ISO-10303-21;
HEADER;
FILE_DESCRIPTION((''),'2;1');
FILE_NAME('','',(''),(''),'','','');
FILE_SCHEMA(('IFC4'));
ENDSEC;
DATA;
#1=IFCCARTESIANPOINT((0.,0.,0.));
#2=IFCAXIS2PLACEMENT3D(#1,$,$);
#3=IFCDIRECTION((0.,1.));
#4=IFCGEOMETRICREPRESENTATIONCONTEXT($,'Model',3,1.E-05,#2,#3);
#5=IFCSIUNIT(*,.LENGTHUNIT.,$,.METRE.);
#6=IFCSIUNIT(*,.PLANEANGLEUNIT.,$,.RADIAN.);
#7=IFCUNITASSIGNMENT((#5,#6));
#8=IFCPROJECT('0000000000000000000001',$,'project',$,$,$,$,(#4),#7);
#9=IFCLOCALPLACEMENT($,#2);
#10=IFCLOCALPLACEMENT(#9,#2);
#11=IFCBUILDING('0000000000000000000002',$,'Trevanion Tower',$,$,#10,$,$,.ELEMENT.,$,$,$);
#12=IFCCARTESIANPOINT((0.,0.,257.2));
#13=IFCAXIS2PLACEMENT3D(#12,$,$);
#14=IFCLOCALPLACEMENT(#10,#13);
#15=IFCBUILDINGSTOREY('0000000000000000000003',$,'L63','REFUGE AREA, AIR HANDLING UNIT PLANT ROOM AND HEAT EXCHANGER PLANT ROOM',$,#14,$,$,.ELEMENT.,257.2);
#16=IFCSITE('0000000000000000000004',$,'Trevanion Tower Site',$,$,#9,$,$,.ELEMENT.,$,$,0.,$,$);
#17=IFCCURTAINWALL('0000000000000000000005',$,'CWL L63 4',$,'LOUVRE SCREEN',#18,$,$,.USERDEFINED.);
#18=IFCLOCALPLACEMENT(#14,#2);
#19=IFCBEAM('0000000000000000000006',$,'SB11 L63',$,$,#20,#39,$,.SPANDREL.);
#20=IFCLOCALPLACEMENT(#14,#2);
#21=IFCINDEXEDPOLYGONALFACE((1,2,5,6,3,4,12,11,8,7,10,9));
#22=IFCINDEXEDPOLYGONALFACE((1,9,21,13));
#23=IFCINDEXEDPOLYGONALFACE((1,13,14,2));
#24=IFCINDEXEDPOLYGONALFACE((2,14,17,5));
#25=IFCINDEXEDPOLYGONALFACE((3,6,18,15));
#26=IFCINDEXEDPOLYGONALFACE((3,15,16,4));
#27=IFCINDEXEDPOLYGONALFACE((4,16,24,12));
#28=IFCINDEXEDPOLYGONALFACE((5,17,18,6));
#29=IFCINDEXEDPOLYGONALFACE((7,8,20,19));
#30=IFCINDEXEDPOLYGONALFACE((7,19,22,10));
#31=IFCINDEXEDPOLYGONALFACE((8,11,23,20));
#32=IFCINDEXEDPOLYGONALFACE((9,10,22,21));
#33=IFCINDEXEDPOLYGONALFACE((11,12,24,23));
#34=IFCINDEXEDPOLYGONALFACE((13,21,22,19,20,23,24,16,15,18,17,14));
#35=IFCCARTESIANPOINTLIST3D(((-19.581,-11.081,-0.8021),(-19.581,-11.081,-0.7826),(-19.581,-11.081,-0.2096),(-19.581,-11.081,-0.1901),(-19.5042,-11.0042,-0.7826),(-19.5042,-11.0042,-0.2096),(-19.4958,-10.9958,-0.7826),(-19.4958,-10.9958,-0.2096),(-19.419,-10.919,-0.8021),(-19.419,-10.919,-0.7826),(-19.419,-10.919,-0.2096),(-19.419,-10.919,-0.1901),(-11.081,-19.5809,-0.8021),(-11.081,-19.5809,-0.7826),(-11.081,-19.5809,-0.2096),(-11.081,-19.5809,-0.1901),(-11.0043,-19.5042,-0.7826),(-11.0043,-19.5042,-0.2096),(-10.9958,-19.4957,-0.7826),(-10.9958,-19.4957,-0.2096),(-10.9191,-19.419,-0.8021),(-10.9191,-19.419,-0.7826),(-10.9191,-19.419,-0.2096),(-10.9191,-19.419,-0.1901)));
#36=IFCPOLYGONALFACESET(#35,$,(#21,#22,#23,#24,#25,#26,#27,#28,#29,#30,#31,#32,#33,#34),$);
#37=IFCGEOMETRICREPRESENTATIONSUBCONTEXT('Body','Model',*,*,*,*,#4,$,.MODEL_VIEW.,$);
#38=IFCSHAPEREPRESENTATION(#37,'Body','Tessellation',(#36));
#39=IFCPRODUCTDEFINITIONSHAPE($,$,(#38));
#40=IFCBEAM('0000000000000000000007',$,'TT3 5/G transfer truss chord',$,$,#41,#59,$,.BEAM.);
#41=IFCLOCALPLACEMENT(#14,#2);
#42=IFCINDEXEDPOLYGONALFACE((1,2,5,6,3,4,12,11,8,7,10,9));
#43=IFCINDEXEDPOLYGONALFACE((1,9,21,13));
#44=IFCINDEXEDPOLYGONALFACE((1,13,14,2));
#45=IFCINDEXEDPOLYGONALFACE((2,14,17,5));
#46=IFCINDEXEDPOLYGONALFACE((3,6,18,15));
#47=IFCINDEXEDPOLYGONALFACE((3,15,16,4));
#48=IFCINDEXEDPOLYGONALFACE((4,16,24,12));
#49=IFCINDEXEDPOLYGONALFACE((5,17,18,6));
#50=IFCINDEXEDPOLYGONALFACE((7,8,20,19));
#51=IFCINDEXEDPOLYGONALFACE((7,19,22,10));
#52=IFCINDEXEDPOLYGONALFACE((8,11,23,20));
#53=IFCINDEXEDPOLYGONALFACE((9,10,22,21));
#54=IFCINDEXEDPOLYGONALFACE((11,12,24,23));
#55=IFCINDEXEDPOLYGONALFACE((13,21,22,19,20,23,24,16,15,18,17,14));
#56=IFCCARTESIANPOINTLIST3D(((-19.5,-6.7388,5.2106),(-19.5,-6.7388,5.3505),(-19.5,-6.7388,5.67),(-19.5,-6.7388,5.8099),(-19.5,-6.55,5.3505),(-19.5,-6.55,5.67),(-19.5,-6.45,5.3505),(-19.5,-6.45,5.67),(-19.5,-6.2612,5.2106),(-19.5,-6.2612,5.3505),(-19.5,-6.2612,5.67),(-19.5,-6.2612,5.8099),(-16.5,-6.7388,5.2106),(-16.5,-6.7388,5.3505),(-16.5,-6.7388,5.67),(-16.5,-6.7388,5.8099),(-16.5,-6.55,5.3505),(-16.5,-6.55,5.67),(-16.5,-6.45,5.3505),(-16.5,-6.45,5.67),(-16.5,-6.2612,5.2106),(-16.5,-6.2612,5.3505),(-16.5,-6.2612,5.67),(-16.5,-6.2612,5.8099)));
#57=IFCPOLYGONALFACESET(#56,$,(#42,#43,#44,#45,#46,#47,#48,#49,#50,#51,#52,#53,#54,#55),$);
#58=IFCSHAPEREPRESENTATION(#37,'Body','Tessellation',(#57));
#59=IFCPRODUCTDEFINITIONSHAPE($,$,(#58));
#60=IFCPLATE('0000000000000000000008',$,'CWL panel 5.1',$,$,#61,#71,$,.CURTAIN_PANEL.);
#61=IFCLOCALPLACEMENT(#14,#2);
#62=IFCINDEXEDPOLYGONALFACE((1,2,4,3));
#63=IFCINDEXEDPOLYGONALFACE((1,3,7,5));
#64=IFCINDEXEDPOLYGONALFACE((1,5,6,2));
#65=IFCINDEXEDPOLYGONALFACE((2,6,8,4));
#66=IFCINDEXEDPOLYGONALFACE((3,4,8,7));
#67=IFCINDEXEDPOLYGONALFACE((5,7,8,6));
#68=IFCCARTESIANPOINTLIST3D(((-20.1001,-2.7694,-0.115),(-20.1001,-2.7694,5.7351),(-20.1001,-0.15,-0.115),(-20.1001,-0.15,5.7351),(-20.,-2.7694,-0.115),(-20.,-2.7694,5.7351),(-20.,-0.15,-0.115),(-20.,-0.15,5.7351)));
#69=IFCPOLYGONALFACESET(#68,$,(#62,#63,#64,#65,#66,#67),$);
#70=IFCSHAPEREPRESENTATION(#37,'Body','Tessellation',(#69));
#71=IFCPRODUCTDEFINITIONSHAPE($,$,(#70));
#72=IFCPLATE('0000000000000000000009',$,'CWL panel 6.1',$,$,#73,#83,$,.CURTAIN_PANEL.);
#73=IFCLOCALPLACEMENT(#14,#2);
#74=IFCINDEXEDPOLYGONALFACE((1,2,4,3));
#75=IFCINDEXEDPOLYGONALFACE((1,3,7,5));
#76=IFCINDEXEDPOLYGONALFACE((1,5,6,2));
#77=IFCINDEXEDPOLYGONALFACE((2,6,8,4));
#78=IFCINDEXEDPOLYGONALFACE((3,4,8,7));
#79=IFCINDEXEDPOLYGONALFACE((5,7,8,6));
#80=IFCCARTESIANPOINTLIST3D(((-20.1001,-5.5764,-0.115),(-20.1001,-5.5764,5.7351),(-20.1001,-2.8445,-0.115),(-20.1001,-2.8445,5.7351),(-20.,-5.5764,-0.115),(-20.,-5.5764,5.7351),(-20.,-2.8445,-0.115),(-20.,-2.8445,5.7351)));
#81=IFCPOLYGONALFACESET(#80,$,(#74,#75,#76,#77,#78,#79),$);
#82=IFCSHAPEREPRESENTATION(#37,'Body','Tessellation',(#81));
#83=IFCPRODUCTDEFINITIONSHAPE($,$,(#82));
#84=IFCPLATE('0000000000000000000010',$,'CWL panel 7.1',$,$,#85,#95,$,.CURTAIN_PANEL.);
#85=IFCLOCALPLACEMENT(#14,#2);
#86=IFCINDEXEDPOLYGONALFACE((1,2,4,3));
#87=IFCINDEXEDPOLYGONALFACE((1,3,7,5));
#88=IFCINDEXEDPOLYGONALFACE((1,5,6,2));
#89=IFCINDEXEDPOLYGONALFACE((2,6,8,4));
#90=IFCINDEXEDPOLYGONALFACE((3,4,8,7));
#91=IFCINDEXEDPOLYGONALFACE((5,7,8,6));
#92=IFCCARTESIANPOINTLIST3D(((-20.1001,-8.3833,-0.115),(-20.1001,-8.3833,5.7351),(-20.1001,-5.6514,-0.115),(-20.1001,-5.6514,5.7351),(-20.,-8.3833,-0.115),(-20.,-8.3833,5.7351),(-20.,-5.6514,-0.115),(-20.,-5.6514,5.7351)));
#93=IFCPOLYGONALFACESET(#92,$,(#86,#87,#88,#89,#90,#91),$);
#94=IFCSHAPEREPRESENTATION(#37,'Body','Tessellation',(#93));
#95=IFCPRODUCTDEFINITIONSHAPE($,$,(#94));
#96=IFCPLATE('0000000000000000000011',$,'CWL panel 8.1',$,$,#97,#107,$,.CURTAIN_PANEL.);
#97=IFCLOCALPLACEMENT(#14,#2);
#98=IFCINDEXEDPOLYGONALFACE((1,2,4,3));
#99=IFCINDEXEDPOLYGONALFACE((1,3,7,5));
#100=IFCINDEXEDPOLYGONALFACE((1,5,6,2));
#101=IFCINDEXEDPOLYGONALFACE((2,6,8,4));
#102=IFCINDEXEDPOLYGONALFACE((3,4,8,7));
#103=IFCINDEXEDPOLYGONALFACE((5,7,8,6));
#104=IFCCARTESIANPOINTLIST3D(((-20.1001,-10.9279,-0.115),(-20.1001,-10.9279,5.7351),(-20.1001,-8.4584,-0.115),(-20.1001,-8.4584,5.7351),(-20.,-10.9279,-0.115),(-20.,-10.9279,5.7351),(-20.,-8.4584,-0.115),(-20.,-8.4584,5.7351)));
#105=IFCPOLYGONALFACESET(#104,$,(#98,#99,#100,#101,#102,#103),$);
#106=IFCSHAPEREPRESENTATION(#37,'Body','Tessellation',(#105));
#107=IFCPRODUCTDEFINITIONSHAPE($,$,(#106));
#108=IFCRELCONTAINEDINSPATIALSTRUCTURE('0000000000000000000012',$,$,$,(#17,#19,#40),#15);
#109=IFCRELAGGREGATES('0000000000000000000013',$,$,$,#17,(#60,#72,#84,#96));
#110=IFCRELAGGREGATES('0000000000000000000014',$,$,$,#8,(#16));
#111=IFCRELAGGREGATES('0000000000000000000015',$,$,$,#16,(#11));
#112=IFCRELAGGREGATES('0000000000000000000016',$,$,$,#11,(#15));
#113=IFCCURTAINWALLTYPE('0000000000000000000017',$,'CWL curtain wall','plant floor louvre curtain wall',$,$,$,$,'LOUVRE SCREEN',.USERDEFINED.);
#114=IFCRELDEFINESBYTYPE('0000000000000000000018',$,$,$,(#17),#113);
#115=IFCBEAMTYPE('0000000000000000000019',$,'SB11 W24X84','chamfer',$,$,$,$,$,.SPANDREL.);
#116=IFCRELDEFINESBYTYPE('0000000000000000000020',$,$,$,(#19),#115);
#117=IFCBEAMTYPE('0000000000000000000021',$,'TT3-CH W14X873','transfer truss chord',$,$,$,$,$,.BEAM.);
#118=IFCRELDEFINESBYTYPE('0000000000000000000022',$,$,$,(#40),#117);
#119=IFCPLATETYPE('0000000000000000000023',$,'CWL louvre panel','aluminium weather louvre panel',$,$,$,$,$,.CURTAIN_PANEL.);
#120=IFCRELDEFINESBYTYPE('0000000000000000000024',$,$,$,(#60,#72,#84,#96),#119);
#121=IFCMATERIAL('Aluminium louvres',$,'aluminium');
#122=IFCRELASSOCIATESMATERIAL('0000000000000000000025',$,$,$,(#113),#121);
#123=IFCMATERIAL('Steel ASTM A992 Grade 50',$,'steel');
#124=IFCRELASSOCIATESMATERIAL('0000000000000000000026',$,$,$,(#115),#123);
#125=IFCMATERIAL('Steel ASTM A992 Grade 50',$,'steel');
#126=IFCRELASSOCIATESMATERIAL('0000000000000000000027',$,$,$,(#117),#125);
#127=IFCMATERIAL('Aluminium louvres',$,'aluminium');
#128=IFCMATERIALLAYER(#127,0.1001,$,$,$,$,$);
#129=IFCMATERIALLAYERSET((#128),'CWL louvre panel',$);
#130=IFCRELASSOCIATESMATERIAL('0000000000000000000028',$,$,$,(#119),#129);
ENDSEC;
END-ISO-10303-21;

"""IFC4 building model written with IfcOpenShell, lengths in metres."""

from ifc_helpers import new_model, si_unit, direction, frame, origin, origin_2d, place, context, subcontext, project, spatial, rectangle, i_section, extrude, material, layer, layer_set, material_profile, profile_set, type_object, element, aggregate, save


model = new_model("IFC4")

# Units and contexts
model_context = context("Model", 3, precision=1e-05, world=origin(), true_north=direction((0.0, 1.0)))
body_context = subcontext(model_context, "Body", "Model", "MODEL_VIEW")
ifc_project = project(units=[si_unit("LENGTHUNIT", "METRE"), si_unit("PLANEANGLEUNIT", "RADIAN")], contexts=[model_context])

# Site, building, storey
site_placement = place(None, origin())
site = spatial("IfcSite", under=ifc_project, at=site_placement, Name="Trevanion Tower Site", CompositionType="ELEMENT", RefElevation=0.0)
building_placement = place(site_placement, origin())
building = spatial("IfcBuilding", under=site, at=building_placement, Name="Trevanion Tower", CompositionType="ELEMENT")
storey_placement = place(building_placement, frame((0.0, 0.0, 257.2)))
storey = spatial("IfcBuildingStorey", under=building, at=storey_placement, Name="L63", Description="REFUGE AREA, AIR HANDLING UNIT PLANT ROOM AND HEAT EXCHANGER PLANT ROOM", CompositionType="ELEMENT", Elevation=257.2)

# Curtain wall
ifc_material_1 = material(Name="Aluminium louvres", Category="aluminium")
curtain_wall_type = type_object("IfcCurtainWallType", Name="CWL curtain wall", Description="plant floor louvre curtain wall", ElementType="LOUVRE SCREEN", PredefinedType="USERDEFINED", material=ifc_material_1)
curtain_wall_1_placement = place(storey_placement, origin())
curtain_wall_1 = element("IfcCurtainWall", 1, at=curtain_wall_1_placement, inside=storey, type_object=curtain_wall_type, Name="CWL L63 4", ObjectType="LOUVRE SCREEN", PredefinedType="USERDEFINED")

# Beams
ifc_material_2 = material(Name="Steel ASTM A992 Grade 50", Category="steel")
ifc_material_profile_1 = material_profile(ifc_material_2, i_section(OverallWidth=0.229, OverallDepth=0.6121, WebThickness=0.012, FlangeThickness=0.0195, at=origin_2d()), Name="W24X84")
ifc_profile_set_1 = profile_set([ifc_material_profile_1], Name="Steel ASTM A992 Grade 50")
beam_type_1 = type_object("IfcBeamType", Name="SB11 W24X84", Description="chamfer", PredefinedType="SPANDREL", material=ifc_profile_set_1)
beam_1_placement = place(storey_placement, frame((-19.5, -11.0, -0.4961), z_axis=(0.707107, -0.707107, 0.0), x_axis=(0.707107, 0.707107, 0.0)))
element("IfcBeam", 2, at=beam_1_placement, inside=storey, type_object=beam_type_1, Name="SB11 L63", PredefinedType="SPANDREL", context=body_context, shape_type="SweptSolid", body=[
    extrude(i_section(OverallWidth=0.229, OverallDepth=0.6121, WebThickness=0.012, FlangeThickness=0.0195, at=origin_2d()), origin(), (0.0, 0.0, 1.0), 12.0208),
])
ifc_material_3 = material(Name="Steel ASTM A992 Grade 50", Category="steel")
ifc_material_profile_2 = material_profile(ifc_material_3, i_section(OverallWidth=0.4775, OverallDepth=0.5994, WebThickness=0.1001, FlangeThickness=0.1399, at=origin_2d()), Name="W14X873")
ifc_profile_set_2 = profile_set([ifc_material_profile_2], Name="Steel ASTM A992 Grade 50")
beam_type_2 = type_object("IfcBeamType", Name="TT3-CH W14X873", Description="transfer truss chord", PredefinedType="BEAM", material=ifc_profile_set_2)
beam_2_placement = place(storey_placement, frame((-16.5, -6.5, 5.5103), z_axis=(-1.0, 0.0, 0.0), x_axis=(0.0, -1.0, 0.0)))
element("IfcBeam", 3, at=beam_2_placement, inside=storey, type_object=beam_type_2, Name="TT3 5/G transfer truss chord", PredefinedType="BEAM", context=body_context, shape_type="SweptSolid", body=[
    extrude(i_section(OverallWidth=0.4775, OverallDepth=0.5994, WebThickness=0.1001, FlangeThickness=0.1399, at=origin_2d()), origin(), (0.0, 0.0, 1.0), 3.0),
])

# Plates
ifc_material_4 = material(Name="Aluminium louvres", Category="aluminium")
ifc_layer = layer(ifc_material_4, 0.1001)
ifc_layer_set = layer_set([ifc_layer], Name="CWL louvre panel")
plate_type = type_object("IfcPlateType", Name="CWL louvre panel", Description="aluminium weather louvre panel", PredefinedType="CURTAIN_PANEL", material=ifc_layer_set)
plate_1_placement = place(storey_placement, frame((-20.05, -1.4597, -0.115), z_axis=(0.0, 0.0, 1.0), x_axis=(0.0, -1.0, 0.0)))
plate_1 = element("IfcPlate", 4, at=plate_1_placement, type_object=plate_type, Name="CWL panel 5.1", PredefinedType="CURTAIN_PANEL", context=body_context, shape_type="SweptSolid", body=[
    extrude(rectangle(XDim=2.6194, YDim=0.1001, at=origin_2d()), origin(), (0.0, 0.0, 1.0), 5.8501),
])
plate_2_placement = place(storey_placement, frame((-20.05, -4.2104, -0.115), z_axis=(0.0, 0.0, 1.0), x_axis=(0.0, -1.0, 0.0)))
plate_2 = element("IfcPlate", 5, at=plate_2_placement, type_object=plate_type, Name="CWL panel 6.1", PredefinedType="CURTAIN_PANEL", context=body_context, shape_type="SweptSolid", body=[
    extrude(rectangle(XDim=2.7319, YDim=0.1001, at=origin_2d()), origin(), (0.0, 0.0, 1.0), 5.8501),
])
plate_3_placement = place(storey_placement, frame((-20.05, -7.0173, -0.115), z_axis=(0.0, 0.0, 1.0), x_axis=(0.0, -1.0, 0.0)))
plate_3 = element("IfcPlate", 6, at=plate_3_placement, type_object=plate_type, Name="CWL panel 7.1", PredefinedType="CURTAIN_PANEL", context=body_context, shape_type="SweptSolid", body=[
    extrude(rectangle(XDim=2.7319, YDim=0.1001, at=origin_2d()), origin(), (0.0, 0.0, 1.0), 5.8501),
])
plate_4_placement = place(storey_placement, frame((-20.05, -9.6931, -0.115), z_axis=(0.0, 0.0, 1.0), x_axis=(0.0, -1.0, 0.0)))
plate_4 = element("IfcPlate", 7, at=plate_4_placement, type_object=plate_type, Name="CWL panel 8.1", PredefinedType="CURTAIN_PANEL", context=body_context, shape_type="SweptSolid", body=[
    extrude(rectangle(XDim=2.4695, YDim=0.1001, at=origin_2d()), origin(), (0.0, 0.0, 1.0), 5.8501),
])
aggregate(curtain_wall_1, [plate_1, plate_2, plate_3, plate_4])

save(model, "model.ifc")
